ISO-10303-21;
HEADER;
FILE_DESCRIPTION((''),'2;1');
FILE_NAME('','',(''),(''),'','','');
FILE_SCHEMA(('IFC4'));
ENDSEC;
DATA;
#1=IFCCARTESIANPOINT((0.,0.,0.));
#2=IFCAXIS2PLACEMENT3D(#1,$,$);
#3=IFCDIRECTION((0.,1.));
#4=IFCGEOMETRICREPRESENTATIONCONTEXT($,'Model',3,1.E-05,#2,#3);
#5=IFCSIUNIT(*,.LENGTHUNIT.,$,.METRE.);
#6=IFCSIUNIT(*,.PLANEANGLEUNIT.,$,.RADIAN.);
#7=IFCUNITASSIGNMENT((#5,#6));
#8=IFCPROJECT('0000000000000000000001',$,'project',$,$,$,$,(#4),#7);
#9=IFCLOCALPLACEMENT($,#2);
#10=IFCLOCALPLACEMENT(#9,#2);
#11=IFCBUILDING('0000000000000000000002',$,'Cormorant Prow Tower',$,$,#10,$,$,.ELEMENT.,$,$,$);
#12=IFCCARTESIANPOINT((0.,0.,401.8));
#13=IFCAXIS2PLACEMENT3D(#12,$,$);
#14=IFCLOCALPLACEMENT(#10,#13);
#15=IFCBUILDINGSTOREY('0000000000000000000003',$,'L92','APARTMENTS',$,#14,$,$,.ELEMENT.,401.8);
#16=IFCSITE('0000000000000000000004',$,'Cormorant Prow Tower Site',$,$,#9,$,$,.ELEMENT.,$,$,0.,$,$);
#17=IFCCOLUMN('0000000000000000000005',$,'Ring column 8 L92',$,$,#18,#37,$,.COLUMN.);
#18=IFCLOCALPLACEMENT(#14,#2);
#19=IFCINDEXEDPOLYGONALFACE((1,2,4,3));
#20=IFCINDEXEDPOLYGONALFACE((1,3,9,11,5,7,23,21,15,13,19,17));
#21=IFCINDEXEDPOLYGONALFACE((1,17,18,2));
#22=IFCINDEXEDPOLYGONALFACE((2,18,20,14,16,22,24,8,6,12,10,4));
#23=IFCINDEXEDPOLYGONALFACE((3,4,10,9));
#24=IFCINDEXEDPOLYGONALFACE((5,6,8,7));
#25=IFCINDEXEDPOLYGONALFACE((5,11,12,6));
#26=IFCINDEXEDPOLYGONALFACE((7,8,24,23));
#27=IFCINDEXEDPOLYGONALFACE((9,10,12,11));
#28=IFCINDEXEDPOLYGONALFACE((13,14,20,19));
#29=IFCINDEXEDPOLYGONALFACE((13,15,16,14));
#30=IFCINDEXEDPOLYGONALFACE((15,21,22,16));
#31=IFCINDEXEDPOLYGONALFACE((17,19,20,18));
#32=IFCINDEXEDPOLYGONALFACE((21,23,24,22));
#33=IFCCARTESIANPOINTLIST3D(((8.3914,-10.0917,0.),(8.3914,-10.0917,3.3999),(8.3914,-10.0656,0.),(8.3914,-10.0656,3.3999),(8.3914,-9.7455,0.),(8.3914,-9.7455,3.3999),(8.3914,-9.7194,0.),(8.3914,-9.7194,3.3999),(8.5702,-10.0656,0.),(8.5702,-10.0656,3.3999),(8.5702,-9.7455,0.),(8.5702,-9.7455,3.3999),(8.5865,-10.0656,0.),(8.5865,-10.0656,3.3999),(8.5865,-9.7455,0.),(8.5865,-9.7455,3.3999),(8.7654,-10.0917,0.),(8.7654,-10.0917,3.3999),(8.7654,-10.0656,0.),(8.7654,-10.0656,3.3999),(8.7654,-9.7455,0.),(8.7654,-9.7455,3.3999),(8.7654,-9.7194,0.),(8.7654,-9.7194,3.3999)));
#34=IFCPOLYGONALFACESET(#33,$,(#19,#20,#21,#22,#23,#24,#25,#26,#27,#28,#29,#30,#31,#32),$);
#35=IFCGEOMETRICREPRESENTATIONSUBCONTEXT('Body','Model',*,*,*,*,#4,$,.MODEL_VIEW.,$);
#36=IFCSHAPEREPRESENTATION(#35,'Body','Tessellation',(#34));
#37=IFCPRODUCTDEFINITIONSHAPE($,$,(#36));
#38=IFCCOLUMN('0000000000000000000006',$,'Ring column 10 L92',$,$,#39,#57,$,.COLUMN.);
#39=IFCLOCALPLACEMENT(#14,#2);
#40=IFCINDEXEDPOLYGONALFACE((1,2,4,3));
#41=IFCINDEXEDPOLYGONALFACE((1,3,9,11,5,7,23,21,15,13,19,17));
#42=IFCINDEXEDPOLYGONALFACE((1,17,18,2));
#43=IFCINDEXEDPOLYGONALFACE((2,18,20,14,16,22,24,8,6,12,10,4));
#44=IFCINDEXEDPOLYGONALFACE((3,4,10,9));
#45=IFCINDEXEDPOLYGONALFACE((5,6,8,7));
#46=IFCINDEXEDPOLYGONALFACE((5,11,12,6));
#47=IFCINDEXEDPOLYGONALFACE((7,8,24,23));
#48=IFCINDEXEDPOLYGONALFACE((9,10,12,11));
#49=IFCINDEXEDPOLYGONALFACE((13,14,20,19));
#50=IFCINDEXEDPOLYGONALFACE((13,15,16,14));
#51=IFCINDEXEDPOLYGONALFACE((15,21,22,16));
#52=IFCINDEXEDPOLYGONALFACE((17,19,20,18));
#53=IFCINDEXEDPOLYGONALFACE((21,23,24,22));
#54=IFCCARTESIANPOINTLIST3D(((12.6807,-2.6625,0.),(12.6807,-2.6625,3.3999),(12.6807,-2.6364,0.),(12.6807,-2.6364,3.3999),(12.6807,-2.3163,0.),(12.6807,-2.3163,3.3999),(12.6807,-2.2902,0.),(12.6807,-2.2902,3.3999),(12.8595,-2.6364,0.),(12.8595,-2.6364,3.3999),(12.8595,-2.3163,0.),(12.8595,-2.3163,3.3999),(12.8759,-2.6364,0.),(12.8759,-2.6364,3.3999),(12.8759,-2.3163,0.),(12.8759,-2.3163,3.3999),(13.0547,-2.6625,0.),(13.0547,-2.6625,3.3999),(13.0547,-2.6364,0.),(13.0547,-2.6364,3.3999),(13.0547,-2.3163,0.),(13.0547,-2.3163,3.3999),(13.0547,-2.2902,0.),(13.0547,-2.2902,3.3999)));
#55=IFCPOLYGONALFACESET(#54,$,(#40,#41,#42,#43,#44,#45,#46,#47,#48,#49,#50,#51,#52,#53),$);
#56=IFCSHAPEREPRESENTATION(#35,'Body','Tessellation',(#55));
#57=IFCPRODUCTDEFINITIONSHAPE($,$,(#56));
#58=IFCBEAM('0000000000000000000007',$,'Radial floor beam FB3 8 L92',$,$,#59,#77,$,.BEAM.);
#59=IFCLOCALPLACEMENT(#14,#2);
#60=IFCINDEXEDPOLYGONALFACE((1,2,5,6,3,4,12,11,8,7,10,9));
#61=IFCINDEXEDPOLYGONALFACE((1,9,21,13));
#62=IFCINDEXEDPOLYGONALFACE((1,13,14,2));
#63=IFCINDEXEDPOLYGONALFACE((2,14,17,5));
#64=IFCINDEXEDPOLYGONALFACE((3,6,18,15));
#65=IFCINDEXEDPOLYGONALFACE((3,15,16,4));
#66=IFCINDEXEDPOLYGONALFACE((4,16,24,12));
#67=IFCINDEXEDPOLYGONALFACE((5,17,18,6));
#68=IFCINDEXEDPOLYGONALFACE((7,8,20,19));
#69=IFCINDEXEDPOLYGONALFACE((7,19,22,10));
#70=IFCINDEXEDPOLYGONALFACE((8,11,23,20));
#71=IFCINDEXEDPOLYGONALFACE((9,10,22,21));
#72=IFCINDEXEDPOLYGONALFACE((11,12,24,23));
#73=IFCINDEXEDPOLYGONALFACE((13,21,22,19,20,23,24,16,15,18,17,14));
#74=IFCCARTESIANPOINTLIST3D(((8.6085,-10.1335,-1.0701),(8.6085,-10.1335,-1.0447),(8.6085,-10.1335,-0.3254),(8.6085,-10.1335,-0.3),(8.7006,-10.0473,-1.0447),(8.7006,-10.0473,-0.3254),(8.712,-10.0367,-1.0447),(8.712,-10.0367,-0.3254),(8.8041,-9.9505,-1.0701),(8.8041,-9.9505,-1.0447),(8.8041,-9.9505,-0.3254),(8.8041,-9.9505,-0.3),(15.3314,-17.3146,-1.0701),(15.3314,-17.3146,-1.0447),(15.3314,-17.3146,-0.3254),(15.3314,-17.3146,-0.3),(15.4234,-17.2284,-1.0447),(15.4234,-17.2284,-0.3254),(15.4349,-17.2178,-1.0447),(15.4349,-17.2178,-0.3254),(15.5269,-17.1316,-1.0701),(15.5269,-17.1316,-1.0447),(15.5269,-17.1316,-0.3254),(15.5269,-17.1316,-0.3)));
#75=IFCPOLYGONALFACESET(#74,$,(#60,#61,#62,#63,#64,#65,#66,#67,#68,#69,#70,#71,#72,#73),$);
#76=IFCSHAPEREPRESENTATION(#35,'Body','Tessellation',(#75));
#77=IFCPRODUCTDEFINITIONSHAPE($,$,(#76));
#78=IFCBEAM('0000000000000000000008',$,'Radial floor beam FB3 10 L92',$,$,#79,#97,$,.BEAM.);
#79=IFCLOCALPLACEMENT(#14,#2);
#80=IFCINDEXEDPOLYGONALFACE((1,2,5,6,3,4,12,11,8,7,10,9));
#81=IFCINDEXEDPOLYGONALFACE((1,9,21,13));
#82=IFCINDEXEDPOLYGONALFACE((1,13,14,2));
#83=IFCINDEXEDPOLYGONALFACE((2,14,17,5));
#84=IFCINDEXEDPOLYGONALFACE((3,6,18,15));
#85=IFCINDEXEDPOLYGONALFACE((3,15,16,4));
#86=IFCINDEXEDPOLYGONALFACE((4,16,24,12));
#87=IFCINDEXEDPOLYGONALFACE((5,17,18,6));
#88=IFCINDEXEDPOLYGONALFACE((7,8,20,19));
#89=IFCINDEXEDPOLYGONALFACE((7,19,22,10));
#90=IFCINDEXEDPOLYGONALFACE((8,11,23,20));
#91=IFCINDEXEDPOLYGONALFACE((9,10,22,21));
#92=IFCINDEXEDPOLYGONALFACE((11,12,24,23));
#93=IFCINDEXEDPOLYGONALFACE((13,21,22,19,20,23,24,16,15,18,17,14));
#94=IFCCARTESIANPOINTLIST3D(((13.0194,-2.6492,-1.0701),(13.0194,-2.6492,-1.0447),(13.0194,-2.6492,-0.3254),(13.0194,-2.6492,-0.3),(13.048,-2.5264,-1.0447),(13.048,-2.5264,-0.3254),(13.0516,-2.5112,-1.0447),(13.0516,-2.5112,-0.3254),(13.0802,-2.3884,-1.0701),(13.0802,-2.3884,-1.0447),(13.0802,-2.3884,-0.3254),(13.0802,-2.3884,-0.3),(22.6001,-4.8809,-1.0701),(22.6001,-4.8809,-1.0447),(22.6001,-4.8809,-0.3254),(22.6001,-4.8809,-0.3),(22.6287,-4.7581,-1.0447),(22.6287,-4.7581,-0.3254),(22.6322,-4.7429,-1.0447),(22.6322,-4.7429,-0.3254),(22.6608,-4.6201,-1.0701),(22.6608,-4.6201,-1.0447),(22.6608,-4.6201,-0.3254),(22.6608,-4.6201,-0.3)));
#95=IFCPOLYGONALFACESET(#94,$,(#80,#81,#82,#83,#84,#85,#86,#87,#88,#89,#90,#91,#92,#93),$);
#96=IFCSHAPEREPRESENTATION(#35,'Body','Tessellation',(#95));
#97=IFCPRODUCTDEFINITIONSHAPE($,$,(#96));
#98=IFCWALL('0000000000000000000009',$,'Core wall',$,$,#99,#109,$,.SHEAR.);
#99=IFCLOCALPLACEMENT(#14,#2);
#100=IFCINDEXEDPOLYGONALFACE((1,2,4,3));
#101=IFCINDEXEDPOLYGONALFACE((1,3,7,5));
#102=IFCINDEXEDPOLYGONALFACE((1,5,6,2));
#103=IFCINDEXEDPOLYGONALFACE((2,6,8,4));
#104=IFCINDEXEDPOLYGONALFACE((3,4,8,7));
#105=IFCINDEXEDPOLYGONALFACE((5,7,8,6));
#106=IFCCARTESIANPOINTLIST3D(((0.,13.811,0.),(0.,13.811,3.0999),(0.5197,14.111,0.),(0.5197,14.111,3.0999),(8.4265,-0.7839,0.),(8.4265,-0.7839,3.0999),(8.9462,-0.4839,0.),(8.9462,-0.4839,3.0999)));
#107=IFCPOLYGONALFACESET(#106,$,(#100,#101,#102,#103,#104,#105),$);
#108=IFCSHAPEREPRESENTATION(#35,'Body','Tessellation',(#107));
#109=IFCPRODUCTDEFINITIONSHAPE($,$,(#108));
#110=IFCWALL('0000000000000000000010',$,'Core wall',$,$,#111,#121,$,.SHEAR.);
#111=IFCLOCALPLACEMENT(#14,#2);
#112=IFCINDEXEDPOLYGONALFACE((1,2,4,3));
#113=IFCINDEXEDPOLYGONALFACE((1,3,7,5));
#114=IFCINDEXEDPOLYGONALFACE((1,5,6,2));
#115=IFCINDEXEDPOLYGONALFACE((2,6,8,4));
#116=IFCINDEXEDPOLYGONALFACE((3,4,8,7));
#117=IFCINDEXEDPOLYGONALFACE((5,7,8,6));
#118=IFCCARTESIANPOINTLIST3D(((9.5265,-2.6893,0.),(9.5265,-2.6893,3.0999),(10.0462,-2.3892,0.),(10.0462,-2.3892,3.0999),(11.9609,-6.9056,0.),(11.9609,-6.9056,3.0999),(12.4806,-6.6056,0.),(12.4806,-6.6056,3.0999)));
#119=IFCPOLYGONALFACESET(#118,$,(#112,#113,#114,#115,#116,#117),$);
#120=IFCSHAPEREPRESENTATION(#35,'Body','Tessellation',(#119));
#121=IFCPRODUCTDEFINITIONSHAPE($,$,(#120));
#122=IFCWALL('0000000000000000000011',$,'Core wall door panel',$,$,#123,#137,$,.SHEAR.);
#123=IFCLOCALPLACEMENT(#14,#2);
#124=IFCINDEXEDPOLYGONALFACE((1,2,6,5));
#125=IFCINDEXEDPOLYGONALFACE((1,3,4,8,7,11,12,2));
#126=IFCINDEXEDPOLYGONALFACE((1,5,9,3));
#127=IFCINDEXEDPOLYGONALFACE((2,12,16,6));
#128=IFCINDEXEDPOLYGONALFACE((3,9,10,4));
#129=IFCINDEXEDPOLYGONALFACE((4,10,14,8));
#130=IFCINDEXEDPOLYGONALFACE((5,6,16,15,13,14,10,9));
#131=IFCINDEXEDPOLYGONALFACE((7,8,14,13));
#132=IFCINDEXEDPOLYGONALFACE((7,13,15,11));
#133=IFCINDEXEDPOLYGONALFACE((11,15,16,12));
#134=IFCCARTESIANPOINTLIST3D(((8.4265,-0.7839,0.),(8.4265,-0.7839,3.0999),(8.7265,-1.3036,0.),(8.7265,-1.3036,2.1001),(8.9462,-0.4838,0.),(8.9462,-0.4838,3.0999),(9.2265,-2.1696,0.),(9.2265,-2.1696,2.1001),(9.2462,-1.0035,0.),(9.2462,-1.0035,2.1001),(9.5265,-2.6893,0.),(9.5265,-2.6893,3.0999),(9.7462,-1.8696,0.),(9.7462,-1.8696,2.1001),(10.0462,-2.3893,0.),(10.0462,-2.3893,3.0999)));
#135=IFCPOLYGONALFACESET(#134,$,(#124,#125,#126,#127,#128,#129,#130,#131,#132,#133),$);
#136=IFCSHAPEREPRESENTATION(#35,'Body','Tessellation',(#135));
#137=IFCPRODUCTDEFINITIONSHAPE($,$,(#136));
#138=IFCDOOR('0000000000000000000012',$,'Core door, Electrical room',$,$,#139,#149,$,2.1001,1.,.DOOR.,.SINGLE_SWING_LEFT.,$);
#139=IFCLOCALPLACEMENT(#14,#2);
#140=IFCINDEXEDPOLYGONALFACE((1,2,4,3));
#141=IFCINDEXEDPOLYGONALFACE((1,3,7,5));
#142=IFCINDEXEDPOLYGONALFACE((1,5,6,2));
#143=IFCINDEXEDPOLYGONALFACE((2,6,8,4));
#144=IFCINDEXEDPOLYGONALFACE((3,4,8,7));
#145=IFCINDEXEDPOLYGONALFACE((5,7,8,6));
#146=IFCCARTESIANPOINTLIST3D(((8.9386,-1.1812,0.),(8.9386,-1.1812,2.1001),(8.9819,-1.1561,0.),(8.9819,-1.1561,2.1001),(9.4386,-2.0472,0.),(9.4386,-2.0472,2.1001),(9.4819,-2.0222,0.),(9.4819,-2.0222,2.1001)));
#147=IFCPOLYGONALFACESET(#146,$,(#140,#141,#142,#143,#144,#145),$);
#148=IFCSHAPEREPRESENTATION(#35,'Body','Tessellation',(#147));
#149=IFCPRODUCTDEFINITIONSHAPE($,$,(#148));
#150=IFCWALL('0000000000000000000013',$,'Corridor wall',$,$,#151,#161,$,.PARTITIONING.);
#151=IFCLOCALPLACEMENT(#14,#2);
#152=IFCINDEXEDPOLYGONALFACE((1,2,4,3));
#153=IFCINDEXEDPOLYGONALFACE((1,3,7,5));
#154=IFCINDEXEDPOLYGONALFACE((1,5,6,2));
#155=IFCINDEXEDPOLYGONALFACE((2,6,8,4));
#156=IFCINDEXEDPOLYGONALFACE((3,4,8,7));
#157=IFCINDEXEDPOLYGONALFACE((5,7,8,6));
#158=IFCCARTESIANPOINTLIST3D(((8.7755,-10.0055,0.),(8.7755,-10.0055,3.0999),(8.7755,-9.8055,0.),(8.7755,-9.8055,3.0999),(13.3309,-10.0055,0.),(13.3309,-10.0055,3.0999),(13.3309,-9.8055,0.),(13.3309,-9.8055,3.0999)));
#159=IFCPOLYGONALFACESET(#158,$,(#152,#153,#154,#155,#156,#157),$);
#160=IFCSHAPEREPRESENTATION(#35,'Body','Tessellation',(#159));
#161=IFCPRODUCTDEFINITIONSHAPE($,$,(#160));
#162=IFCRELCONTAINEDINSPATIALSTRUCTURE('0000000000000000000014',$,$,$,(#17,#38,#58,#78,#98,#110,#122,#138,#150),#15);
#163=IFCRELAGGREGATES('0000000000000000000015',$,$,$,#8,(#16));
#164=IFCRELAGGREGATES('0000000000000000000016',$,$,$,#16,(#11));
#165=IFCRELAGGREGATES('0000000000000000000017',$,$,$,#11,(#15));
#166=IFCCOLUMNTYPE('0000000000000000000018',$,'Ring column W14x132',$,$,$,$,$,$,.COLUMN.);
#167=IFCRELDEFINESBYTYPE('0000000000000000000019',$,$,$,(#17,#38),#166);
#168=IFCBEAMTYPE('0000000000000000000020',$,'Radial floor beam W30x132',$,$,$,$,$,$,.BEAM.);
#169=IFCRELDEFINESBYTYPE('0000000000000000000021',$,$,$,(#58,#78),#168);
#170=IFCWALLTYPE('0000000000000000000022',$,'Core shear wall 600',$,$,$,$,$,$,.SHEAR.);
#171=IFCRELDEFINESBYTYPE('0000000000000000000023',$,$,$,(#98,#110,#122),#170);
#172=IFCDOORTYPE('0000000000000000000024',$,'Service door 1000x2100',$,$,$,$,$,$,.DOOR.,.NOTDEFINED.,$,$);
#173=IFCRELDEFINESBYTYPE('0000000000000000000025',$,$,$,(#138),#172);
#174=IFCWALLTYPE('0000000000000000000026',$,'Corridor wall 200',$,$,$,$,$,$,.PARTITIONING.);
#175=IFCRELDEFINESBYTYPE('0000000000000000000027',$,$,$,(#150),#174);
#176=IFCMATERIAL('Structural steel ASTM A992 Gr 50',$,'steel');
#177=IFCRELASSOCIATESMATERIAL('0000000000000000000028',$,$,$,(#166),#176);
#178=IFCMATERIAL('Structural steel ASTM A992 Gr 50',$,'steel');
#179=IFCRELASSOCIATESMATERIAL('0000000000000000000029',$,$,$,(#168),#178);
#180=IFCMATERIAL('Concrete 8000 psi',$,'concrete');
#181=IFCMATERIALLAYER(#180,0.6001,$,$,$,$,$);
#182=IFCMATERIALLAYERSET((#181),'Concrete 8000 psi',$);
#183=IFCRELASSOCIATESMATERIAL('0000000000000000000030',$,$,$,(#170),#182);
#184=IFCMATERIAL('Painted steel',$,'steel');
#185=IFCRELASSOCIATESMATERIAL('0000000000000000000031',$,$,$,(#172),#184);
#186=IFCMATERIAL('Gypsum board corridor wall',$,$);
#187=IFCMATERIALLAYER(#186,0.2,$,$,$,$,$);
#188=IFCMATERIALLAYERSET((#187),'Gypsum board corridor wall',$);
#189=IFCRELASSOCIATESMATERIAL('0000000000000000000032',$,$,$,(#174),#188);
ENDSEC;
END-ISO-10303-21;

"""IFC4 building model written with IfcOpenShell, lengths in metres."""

from ifc_helpers import new_model, si_unit, direction, frame, frame_2d, origin, origin_2d, place, context, subcontext, project, spatial, rectangle, i_section, extrude, material, layer, layer_set, material_profile, profile_set, type_object, element, fill, save


model = new_model("IFC4")

# Units and contexts
model_context = context("Model", 3, precision=1e-05, world=origin(), true_north=direction((0.0, 1.0)))
body_context = subcontext(model_context, "Body", "Model", "MODEL_VIEW")
ifc_project = project(units=[si_unit("LENGTHUNIT", "METRE"), si_unit("PLANEANGLEUNIT", "RADIAN")], contexts=[model_context])

# Site, building, storey
site_placement = place(None, origin())
site = spatial("IfcSite", under=ifc_project, at=site_placement, Name="Cormorant Prow Tower Site", CompositionType="ELEMENT", RefElevation=0.0)
building_placement = place(site_placement, origin())
building = spatial("IfcBuilding", under=site, at=building_placement, Name="Cormorant Prow Tower", CompositionType="ELEMENT")
storey_placement = place(building_placement, frame((0.0, 0.0, 401.8)))
storey = spatial("IfcBuildingStorey", under=building, at=storey_placement, Name="L92", Description="APARTMENTS", CompositionType="ELEMENT", Elevation=401.8)

# Columns
ifc_material_1 = material(Name="Structural steel ASTM A992 Gr 50", Category="steel")
ifc_material_profile_1 = material_profile(ifc_material_1, i_section(OverallWidth=0.374, OverallDepth=0.3723, WebThickness=0.0164, FlangeThickness=0.0261, at=origin_2d()), Name="W14x132")
ifc_profile_set_1 = profile_set([ifc_material_profile_1], Name="Structural steel ASTM A992 Gr 50")
column_type = type_object("IfcColumnType", Name="Ring column W14x132", PredefinedType="COLUMN", material=ifc_profile_set_1)
for number, where, z_axis, x_axis, name in (
    (1, (8.5784, -9.9055, 0.0), (0.0, 0.0, 1.0), (1.0, 0.0, 0.0), "Ring column 8 L92"),
    (2, (12.8677, -2.4763, 0.0), (0.0, 0.0, 1.0), (1.0, 0.0, 0.0), "Ring column 10 L92"),
):
    element("IfcColumn", number, at=place(storey_placement, frame(where, z_axis=z_axis, x_axis=x_axis)), inside=storey, type_object=column_type, Name=name, PredefinedType="COLUMN", context=body_context, shape_type="SweptSolid", body=[
        extrude(i_section(OverallWidth=0.374, OverallDepth=0.3723, WebThickness=0.0164, FlangeThickness=0.0261, at=origin_2d()), origin(), (0.0, 0.0, 1.0), 3.3999),
    ])

# Beams
ifc_material_2 = material(Name="Structural steel ASTM A992 Gr 50", Category="steel")
ifc_material_profile_2 = material_profile(ifc_material_2, i_section(OverallWidth=0.2678, OverallDepth=0.77, WebThickness=0.0156, FlangeThickness=0.0254, at=origin_2d()), Name="W30x132")
ifc_profile_set_2 = profile_set([ifc_material_profile_2], Name="Structural steel ASTM A992 Gr 50")
beam_type = type_object("IfcBeamType", Name="Radial floor beam W30x132", PredefinedType="BEAM", material=ifc_profile_set_2)
beam_1_placement = place(storey_placement, frame((8.7063, -10.042, -0.6851), z_axis=(0.683431, -0.730015, 0.0), x_axis=(0.730015, 0.683431, 0.0)))
element("IfcBeam", 3, at=beam_1_placement, inside=storey, type_object=beam_type, Name="Radial floor beam FB3 8 L92", PredefinedType="BEAM", context=body_context, shape_type="SweptSolid", body=[
    extrude(i_section(OverallWidth=0.2678, OverallDepth=0.77, WebThickness=0.0156, FlangeThickness=0.0254, at=origin_2d()), origin(), (0.0, 0.0, 1.0), 9.8369),
])
beam_2_placement = place(storey_placement, frame((13.0498, -2.5188, -0.6851), z_axis=(0.973926, -0.226866, 0.0), x_axis=(0.226866, 0.973926, 0.0)))
element("IfcBeam", 4, at=beam_2_placement, inside=storey, type_object=beam_type, Name="Radial floor beam FB3 10 L92", PredefinedType="BEAM", context=body_context, shape_type="SweptSolid", body=[
    extrude(i_section(OverallWidth=0.2678, OverallDepth=0.77, WebThickness=0.0156, FlangeThickness=0.0254, at=origin_2d()), origin(), (0.0, 0.0, 1.0), 9.8372),
])

# Walls
ifc_material_3 = material(Name="Concrete 8000 psi", Category="concrete")
ifc_layer_1 = layer(ifc_material_3, 0.6001)
ifc_layer_set_1 = layer_set([ifc_layer_1], Name="Concrete 8000 psi")
wall_type_1 = type_object("IfcWallType", Name="Core shear wall 600", PredefinedType="SHEAR", material=ifc_layer_set_1)
wall_1_placement = place(storey_placement, frame((8.6863, -0.6338, 0.0), z_axis=(0.0, 0.0, 1.0), x_axis=(-0.500005, 0.866023, 0.0)))
element("IfcWall", 5, at=wall_1_placement, inside=storey, type_object=wall_type_1, Name="Core wall", PredefinedType="SHEAR", context=body_context, shape_type="SweptSolid", body=[
    extrude(rectangle(XDim=16.8528, YDim=0.6001, at=frame_2d((8.4263, 0.0))), origin(), (0.0, 0.0, 1.0), 3.0999),
])
wall_2_placement = place(storey_placement, frame((12.2207, -6.7556, 0.0), z_axis=(0.0, 0.0, 1.0), x_axis=(-0.500006, 0.866022, 0.0)))
element("IfcWall", 6, at=wall_2_placement, inside=storey, type_object=wall_type_1, Name="Core wall", PredefinedType="SHEAR", context=body_context, shape_type="SweptSolid", body=[
    extrude(rectangle(XDim=4.8687, YDim=0.6001, at=frame_2d((2.4343, 0.0))), origin(), (0.0, 0.0, 1.0), 3.0999),
])

# Wall, opening, door
wall_3_placement = place(storey_placement, frame((9.7864, -2.5393, 0.0), z_axis=(0.0, 0.0, 1.0), x_axis=(-0.499982, 0.866036, 0.0)))
wall_3 = element("IfcWall", 7, at=wall_3_placement, inside=storey, type_object=wall_type_1, Name="Core wall door panel", PredefinedType="SHEAR", context=body_context, shape_type="SweptSolid", body=[
    extrude(rectangle(XDim=2.2002, YDim=0.6001, at=frame_2d((1.1001, 0.0))), origin(), (0.0, 0.0, 1.0), 3.0999),
])
opening_1_placement = place(wall_3_placement, frame((0.6001, 0.0, 0.0)))
opening_1 = element("IfcOpeningElement", 8, at=opening_1_placement, cuts=wall_3, PredefinedType="OPENING", context=body_context, shape_type="SweptSolid", body=[
    extrude(rectangle(XDim=1.0, YDim=2.1001, at=frame_2d((0.5, 1.05))), frame((0.0, 0.3101, 0.0), z_axis=(0.0, -1.0, 0.0), x_axis=(1.0, 0.0, 0.0)), (0.0, 0.0, 1.0), 0.6201),
])
ifc_material_4 = material(Name="Painted steel", Category="steel")
door_type_1 = type_object("IfcDoorType", Name="Service door 1000x2100", OperationType="NOTDEFINED", PredefinedType="DOOR", material=ifc_material_4)
door_1_placement = place(opening_1_placement, origin())
door_1 = element("IfcDoor", 9, at=door_1_placement, inside=storey, type_object=door_type_1, Name="Core door, Electrical room", OperationType="SINGLE_SWING_LEFT", OverallHeight=2.1001, OverallWidth=1.0, PredefinedType="DOOR", context=body_context, shape_type="SweptSolid", body=[
    extrude(rectangle(XDim=1.0, YDim=2.1001, at=frame_2d((0.5, 1.05))), frame((0.0, 0.0552, 0.0), z_axis=(0.0, -1.0, 0.0), x_axis=(1.0, 0.0, 0.0)), (0.0, 0.0, 1.0), 0.05),
])
fill(opening_1, door_1)

# Wall
ifc_material_5 = material(Name="Gypsum board corridor wall")
ifc_layer_2 = layer(ifc_material_5, 0.2)
ifc_layer_set_2 = layer_set([ifc_layer_2], Name="Gypsum board corridor wall")
wall_type_2 = type_object("IfcWallType", Name="Corridor wall 200", PredefinedType="PARTITIONING", material=ifc_layer_set_2)
wall_4_placement = place(storey_placement, frame((8.7754, -9.9055, 0.0), z_axis=(0.0, 0.0, 1.0), x_axis=(1.0, 0.0, 0.0)))
element("IfcWall", 10, at=wall_4_placement, inside=storey, type_object=wall_type_2, Name="Corridor wall", PredefinedType="PARTITIONING", context=body_context, shape_type="SweptSolid", body=[
    extrude(rectangle(XDim=4.5554, YDim=0.2, at=frame_2d((2.2778, 0.0))), origin(), (0.0, 0.0, 1.0), 3.0999),
])

save(model, "model.ifc")
